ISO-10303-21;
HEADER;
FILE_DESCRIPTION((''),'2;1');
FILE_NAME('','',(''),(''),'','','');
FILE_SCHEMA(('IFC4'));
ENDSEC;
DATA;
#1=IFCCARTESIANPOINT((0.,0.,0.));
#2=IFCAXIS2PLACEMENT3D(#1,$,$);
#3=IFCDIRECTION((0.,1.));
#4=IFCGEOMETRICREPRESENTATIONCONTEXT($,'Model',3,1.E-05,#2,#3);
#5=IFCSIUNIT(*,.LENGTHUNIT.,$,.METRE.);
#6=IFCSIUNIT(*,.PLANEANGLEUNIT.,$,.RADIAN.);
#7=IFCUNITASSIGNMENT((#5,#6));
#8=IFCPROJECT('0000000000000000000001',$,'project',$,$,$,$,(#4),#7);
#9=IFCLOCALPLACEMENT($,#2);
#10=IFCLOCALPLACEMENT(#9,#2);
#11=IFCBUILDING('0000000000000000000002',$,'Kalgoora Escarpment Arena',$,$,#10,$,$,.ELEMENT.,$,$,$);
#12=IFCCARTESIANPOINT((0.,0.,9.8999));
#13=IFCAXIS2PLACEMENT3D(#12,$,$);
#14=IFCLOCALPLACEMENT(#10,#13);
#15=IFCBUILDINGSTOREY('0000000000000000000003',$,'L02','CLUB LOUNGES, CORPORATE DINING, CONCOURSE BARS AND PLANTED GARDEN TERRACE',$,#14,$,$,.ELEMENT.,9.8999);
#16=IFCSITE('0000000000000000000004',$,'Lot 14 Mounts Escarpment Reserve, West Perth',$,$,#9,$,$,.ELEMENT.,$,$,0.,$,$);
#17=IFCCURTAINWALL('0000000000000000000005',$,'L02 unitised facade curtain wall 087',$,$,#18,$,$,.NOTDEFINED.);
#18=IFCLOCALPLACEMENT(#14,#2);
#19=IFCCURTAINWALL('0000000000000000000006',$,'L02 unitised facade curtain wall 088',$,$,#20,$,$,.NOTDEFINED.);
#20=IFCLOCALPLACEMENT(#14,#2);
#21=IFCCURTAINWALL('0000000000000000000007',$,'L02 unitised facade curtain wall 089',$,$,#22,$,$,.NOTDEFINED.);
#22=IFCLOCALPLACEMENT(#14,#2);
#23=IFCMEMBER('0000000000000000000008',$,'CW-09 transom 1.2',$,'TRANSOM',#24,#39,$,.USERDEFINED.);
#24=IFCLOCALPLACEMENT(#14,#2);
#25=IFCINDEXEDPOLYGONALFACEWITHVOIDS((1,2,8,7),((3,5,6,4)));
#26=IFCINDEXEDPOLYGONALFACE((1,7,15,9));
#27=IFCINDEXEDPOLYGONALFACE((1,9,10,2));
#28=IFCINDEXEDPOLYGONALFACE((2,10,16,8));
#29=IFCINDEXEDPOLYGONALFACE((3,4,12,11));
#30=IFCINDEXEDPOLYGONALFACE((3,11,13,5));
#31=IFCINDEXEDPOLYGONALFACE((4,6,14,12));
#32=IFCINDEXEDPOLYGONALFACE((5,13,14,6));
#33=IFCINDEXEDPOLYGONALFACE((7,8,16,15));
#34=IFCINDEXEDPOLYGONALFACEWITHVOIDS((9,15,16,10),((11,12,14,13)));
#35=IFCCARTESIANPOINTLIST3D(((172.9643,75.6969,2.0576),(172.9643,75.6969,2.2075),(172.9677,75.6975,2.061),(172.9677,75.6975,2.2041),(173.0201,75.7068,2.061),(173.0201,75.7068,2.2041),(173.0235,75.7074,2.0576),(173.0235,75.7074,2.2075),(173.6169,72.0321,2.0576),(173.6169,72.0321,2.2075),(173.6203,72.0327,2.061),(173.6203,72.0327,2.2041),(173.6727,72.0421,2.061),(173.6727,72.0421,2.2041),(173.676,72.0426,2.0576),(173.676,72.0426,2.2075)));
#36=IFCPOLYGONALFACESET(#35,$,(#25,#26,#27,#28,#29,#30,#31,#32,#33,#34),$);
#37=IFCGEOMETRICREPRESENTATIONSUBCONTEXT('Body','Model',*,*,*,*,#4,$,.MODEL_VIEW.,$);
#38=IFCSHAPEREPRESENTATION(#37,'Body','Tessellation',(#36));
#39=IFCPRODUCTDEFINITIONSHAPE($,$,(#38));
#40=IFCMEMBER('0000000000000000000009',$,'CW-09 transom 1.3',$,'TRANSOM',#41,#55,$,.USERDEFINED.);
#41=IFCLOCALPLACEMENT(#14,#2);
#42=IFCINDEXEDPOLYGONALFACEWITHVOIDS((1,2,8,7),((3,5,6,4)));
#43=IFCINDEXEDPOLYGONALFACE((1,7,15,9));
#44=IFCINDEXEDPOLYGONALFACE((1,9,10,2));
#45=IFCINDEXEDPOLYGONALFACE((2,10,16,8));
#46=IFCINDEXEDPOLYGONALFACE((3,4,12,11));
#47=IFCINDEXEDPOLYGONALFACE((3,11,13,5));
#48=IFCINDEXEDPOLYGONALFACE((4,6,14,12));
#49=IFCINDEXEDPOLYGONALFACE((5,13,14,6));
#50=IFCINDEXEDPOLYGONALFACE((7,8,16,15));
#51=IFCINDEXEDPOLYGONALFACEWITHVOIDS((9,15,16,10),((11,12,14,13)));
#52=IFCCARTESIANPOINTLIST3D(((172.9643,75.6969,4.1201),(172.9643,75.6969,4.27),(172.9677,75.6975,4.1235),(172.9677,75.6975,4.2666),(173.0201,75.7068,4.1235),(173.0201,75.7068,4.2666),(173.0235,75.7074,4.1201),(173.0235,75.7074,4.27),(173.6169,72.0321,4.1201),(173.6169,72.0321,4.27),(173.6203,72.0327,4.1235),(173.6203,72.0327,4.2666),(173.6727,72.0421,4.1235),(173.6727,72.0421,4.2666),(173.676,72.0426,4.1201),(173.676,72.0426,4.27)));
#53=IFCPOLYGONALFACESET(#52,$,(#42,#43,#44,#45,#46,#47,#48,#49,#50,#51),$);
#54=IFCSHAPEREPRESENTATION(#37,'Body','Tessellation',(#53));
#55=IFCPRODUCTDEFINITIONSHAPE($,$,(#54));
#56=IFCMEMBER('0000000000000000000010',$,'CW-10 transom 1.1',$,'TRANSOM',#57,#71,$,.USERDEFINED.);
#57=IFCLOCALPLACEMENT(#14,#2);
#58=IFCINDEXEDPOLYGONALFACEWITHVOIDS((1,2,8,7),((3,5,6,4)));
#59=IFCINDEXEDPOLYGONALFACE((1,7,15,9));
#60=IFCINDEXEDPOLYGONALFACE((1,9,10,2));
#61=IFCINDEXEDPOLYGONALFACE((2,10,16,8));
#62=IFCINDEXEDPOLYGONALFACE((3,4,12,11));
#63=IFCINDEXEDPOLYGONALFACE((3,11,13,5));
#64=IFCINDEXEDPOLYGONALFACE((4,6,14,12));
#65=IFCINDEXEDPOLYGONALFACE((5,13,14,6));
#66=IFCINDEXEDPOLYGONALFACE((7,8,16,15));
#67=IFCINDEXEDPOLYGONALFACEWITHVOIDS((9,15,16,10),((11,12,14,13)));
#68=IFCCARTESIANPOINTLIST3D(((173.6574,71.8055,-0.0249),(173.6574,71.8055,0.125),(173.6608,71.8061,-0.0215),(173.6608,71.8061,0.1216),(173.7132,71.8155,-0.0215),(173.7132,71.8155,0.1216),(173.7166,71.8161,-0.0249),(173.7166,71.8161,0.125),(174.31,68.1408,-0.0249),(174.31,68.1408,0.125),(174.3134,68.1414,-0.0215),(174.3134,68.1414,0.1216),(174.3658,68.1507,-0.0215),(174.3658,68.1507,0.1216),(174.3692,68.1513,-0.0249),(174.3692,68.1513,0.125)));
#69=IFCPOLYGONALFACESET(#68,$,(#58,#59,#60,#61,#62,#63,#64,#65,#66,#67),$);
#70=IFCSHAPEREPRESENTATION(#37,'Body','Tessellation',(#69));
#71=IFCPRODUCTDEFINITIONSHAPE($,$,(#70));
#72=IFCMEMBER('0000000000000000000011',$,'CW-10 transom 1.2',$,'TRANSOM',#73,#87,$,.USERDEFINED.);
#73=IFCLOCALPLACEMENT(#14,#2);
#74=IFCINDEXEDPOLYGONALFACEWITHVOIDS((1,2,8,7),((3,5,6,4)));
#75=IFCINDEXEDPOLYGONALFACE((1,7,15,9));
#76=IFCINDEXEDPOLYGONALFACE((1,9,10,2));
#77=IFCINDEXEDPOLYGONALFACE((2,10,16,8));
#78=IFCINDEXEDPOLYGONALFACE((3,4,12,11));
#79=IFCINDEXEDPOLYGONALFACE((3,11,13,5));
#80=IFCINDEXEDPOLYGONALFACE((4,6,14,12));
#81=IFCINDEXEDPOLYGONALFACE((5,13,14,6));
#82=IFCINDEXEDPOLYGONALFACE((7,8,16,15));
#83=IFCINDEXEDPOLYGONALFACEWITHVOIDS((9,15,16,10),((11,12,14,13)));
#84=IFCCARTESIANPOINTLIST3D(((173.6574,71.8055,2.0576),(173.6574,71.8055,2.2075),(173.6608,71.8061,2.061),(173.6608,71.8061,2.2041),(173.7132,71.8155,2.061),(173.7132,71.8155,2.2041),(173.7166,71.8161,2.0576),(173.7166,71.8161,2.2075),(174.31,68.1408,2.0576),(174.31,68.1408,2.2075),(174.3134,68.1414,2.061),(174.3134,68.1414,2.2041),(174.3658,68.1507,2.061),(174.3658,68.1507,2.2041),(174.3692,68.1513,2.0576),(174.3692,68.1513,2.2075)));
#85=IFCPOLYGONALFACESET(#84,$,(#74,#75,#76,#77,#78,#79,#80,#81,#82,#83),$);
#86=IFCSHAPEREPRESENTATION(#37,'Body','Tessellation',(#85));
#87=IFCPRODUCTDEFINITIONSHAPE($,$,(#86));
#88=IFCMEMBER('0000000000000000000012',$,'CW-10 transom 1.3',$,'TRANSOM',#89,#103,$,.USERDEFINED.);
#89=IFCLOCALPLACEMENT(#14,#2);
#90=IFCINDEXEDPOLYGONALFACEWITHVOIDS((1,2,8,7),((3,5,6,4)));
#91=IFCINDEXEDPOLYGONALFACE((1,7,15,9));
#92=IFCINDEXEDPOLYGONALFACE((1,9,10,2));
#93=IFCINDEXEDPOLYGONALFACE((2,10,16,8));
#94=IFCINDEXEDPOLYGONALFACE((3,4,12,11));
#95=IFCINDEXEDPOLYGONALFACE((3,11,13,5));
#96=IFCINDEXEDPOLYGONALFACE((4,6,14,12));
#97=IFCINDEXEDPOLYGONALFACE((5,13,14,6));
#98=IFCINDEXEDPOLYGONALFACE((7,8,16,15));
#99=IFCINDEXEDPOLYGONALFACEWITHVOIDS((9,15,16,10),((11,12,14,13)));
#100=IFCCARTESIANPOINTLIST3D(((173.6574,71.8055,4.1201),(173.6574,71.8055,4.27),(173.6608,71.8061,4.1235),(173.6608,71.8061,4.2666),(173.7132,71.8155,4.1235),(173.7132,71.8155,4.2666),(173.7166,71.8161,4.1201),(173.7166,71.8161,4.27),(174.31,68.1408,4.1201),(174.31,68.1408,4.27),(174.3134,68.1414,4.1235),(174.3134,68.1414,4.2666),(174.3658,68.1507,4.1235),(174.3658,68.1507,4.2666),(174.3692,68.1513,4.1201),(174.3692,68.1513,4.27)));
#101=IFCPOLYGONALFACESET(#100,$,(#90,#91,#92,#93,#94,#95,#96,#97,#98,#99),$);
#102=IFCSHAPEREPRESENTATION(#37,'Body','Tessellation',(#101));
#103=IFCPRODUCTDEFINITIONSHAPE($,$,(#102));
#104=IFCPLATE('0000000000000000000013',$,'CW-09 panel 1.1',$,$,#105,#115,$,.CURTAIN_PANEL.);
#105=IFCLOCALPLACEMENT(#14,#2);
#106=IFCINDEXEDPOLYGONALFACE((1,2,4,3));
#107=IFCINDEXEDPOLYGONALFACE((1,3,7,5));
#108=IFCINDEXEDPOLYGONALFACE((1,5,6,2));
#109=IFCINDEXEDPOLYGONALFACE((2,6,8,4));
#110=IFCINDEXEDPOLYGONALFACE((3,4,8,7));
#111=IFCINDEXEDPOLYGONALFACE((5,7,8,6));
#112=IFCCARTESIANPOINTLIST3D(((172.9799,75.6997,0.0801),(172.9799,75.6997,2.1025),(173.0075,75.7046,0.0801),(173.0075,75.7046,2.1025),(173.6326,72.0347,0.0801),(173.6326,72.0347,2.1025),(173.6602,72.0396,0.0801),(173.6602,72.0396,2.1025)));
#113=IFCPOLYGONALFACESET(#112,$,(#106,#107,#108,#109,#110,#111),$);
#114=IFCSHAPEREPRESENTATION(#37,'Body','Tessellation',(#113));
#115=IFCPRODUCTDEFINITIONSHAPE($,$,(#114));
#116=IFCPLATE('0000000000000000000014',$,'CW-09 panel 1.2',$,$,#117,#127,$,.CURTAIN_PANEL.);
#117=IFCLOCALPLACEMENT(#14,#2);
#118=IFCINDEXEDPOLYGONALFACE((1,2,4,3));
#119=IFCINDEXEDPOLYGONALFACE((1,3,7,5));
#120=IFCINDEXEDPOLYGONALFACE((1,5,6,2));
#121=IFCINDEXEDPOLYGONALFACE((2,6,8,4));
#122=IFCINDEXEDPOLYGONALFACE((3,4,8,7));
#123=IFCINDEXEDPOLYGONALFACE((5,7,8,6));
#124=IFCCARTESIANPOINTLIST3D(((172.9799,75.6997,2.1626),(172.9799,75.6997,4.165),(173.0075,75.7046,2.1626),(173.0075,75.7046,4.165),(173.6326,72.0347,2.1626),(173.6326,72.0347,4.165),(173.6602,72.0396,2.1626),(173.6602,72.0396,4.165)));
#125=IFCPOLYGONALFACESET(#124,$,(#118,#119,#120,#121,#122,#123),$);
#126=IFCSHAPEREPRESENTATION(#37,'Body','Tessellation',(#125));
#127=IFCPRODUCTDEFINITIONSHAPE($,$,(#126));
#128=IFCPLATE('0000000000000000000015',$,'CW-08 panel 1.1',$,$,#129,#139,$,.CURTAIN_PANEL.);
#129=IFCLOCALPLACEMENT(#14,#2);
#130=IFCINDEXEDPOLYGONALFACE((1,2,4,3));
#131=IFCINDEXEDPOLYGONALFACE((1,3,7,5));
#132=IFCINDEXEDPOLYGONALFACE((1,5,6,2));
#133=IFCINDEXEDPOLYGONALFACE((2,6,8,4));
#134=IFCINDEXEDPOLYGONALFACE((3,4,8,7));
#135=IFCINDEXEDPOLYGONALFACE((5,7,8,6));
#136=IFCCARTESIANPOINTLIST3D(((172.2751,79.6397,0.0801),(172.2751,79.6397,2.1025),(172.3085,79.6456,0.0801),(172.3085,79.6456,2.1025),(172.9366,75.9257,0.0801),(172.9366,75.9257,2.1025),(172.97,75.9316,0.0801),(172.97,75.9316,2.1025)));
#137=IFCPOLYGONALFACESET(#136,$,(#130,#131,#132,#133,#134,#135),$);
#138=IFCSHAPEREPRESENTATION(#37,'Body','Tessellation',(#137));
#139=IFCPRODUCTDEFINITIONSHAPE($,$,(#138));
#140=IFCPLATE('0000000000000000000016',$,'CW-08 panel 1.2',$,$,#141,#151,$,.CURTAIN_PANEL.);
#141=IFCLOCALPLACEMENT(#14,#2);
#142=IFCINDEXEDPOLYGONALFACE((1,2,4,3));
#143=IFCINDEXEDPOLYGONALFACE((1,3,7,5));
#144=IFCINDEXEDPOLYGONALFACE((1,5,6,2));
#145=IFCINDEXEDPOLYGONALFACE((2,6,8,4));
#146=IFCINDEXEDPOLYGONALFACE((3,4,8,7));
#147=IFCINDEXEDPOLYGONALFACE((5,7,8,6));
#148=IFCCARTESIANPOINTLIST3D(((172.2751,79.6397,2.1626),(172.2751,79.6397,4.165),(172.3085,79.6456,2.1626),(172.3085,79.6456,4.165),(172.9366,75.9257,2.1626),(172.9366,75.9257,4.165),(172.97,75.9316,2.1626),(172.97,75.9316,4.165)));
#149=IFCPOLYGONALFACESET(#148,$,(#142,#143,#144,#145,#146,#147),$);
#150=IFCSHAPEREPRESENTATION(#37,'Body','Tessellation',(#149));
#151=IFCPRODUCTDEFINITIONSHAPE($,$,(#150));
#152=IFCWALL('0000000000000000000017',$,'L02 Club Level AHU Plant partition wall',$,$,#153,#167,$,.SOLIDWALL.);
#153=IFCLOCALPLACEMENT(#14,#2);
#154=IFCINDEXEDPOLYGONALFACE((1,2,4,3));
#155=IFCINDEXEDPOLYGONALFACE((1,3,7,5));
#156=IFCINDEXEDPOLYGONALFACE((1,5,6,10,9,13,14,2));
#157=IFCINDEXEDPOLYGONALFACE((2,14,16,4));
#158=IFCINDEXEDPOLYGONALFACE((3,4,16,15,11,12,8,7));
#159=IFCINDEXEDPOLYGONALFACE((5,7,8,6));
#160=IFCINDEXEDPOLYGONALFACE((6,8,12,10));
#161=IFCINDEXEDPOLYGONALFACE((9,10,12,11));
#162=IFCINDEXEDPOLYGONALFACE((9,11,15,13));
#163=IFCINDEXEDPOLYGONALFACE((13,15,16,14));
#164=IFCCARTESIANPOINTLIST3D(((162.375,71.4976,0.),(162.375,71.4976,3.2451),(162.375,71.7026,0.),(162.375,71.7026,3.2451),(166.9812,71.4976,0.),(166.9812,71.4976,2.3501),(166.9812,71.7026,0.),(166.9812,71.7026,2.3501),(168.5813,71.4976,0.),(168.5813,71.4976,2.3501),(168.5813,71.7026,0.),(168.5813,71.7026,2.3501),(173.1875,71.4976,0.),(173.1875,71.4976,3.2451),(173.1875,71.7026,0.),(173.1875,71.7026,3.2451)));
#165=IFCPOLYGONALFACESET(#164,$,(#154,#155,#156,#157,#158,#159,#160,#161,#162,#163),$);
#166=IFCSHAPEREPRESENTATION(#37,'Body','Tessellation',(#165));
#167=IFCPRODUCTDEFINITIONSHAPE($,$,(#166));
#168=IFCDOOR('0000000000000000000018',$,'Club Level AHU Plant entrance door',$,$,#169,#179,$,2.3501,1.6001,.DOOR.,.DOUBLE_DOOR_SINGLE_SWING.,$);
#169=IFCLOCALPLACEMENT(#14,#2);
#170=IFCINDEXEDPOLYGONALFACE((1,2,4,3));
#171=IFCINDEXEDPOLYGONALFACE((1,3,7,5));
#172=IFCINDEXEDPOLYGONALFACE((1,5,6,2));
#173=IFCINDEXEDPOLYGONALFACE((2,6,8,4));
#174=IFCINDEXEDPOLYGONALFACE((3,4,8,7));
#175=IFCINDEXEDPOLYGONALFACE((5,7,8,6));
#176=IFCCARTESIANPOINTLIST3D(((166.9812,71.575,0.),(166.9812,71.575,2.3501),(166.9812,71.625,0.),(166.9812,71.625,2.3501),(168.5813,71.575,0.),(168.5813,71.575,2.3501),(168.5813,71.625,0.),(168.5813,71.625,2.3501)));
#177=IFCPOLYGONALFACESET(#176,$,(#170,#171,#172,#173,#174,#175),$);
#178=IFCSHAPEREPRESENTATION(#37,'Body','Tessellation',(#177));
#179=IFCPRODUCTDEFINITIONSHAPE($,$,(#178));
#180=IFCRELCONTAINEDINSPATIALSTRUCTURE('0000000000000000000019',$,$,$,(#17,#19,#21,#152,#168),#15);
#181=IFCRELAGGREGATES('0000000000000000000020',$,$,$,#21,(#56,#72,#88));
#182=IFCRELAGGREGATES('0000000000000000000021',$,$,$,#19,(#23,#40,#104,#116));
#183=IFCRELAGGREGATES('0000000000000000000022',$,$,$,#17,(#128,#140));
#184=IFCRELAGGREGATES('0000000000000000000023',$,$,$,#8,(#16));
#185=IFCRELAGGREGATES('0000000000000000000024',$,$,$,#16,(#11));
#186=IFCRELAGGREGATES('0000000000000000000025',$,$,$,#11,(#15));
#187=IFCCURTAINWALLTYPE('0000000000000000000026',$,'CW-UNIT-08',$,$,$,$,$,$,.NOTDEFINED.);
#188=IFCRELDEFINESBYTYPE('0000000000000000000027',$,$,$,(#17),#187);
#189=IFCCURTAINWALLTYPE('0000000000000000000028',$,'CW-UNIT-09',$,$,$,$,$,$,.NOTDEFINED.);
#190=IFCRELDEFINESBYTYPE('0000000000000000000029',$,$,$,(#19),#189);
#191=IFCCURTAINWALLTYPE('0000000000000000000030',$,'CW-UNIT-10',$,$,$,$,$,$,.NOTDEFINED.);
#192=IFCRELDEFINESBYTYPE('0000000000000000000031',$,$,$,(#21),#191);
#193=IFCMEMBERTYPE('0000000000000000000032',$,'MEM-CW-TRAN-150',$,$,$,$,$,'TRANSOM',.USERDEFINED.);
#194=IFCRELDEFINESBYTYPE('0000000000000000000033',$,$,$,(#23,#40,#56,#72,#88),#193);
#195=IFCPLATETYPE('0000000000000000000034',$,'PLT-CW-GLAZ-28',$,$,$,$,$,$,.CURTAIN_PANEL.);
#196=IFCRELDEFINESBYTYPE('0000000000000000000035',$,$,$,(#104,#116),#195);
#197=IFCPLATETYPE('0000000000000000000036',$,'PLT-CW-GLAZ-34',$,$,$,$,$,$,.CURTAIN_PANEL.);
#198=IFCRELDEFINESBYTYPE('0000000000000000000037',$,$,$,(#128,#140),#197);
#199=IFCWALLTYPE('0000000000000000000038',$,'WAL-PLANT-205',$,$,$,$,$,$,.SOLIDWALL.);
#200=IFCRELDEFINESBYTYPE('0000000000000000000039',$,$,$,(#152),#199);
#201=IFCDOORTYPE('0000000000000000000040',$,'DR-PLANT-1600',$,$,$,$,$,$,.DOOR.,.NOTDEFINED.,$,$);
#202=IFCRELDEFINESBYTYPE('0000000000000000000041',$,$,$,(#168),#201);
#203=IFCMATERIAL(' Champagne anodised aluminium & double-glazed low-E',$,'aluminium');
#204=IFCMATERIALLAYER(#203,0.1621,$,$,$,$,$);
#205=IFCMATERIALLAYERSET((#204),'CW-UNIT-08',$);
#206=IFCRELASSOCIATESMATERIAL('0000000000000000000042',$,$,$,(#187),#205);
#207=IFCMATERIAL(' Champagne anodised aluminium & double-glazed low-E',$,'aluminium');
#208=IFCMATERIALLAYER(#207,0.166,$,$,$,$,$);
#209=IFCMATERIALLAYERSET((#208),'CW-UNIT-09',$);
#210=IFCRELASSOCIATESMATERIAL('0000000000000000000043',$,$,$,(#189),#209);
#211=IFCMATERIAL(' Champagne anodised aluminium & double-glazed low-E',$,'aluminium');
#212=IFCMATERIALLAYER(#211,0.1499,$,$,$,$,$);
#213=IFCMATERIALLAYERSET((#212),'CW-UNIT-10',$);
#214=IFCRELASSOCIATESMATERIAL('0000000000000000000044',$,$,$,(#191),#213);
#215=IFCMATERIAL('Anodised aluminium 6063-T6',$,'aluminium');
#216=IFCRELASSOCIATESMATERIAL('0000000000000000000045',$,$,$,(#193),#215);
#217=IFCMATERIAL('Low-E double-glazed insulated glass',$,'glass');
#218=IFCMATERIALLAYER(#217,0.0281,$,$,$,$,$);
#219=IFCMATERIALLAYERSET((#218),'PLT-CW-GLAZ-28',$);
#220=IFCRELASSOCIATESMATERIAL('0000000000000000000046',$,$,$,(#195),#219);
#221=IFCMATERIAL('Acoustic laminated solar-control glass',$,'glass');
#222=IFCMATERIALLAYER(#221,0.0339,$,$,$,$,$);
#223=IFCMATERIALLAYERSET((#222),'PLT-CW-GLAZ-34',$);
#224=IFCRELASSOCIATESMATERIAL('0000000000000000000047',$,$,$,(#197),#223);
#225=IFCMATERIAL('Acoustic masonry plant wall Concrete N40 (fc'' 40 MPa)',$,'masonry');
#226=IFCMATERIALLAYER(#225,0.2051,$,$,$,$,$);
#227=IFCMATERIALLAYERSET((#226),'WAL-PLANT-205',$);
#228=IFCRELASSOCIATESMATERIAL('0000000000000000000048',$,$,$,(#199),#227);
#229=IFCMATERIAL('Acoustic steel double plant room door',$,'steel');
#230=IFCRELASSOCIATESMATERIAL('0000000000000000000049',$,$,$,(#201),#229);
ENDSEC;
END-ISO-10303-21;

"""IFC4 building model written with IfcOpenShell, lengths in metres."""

from ifc_helpers import new_model, si_unit, direction, frame, frame_2d, origin, origin_2d, place, context, subcontext, project, spatial, rectangle, hollow_rectangle, extrude, material, layer, layer_set, material_profile, profile_set, type_object, element, fill, aggregate, save


model = new_model("IFC4")

# Units and contexts
model_context = context("Model", 3, precision=1e-05, world=origin(), true_north=direction((0.0, 1.0)))
body_context = subcontext(model_context, "Body", "Model", "MODEL_VIEW")
ifc_project = project(units=[si_unit("LENGTHUNIT", "METRE"), si_unit("PLANEANGLEUNIT", "RADIAN")], contexts=[model_context])

# Site, building, storey
site_placement = place(None, origin())
site = spatial("IfcSite", under=ifc_project, at=site_placement, Name="Lot 14 Mounts Escarpment Reserve, West Perth", CompositionType="ELEMENT", RefElevation=0.0)
building_placement = place(site_placement, origin())
building = spatial("IfcBuilding", under=site, at=building_placement, Name="Kalgoora Escarpment Arena", CompositionType="ELEMENT")
storey_placement = place(building_placement, frame((0.0, 0.0, 9.8999)))
storey = spatial("IfcBuildingStorey", under=building, at=storey_placement, Name="L02", Description="CLUB LOUNGES, CORPORATE DINING, CONCOURSE BARS AND PLANTED GARDEN TERRACE", CompositionType="ELEMENT", Elevation=9.8999)

# Curtain wall
ifc_material_1 = material(Name=" Champagne anodised aluminium & double-glazed low-E", Category="aluminium")
ifc_layer_1 = layer(ifc_material_1, 0.1621)
ifc_layer_set_1 = layer_set([ifc_layer_1], Name="CW-UNIT-08")
curtain_wall_type_1 = type_object("IfcCurtainWallType", Name="CW-UNIT-08", PredefinedType="NOTDEFINED", material=ifc_layer_set_1)
curtain_wall_1_placement = place(storey_placement, origin())
curtain_wall_1 = element("IfcCurtainWall", 1, at=curtain_wall_1_placement, inside=storey, type_object=curtain_wall_type_1, Name="L02 unitised facade curtain wall 087", PredefinedType="NOTDEFINED")

# Curtain wall
ifc_material_2 = material(Name=" Champagne anodised aluminium & double-glazed low-E", Category="aluminium")
ifc_layer_2 = layer(ifc_material_2, 0.166)
ifc_layer_set_2 = layer_set([ifc_layer_2], Name="CW-UNIT-09")
curtain_wall_type_2 = type_object("IfcCurtainWallType", Name="CW-UNIT-09", PredefinedType="NOTDEFINED", material=ifc_layer_set_2)
curtain_wall_2_placement = place(storey_placement, origin())
curtain_wall_2 = element("IfcCurtainWall", 2, at=curtain_wall_2_placement, inside=storey, type_object=curtain_wall_type_2, Name="L02 unitised facade curtain wall 088", PredefinedType="NOTDEFINED")

# Curtain wall
ifc_material_3 = material(Name=" Champagne anodised aluminium & double-glazed low-E", Category="aluminium")
ifc_layer_3 = layer(ifc_material_3, 0.1499)
ifc_layer_set_3 = layer_set([ifc_layer_3], Name="CW-UNIT-10")
curtain_wall_type_3 = type_object("IfcCurtainWallType", Name="CW-UNIT-10", PredefinedType="NOTDEFINED", material=ifc_layer_set_3)
curtain_wall_3_placement = place(storey_placement, origin())
curtain_wall_3 = element("IfcCurtainWall", 3, at=curtain_wall_3_placement, inside=storey, type_object=curtain_wall_type_3, Name="L02 unitised facade curtain wall 089", PredefinedType="NOTDEFINED")

# Members
ifc_material_4 = material(Name="Anodised aluminium 6063-T6", Category="aluminium")
ifc_material_profile_1 = material_profile(ifc_material_4, hollow_rectangle(XDim=0.0601, YDim=0.1499, WallThickness=0.0034, at=origin_2d()))
ifc_profile_set_1 = profile_set([ifc_material_profile_1], Name="Anodised aluminium 6063-T6")
member_type_1 = type_object("IfcMemberType", Name="MEM-CW-TRAN-150", ElementType="TRANSOM", PredefinedType="USERDEFINED", material=ifc_profile_set_1)
member_1_placement = place(storey_placement, frame((172.9939, 75.7021, 2.1326), z_axis=(0.175312, -0.984513, 0.0), x_axis=(0.984513, 0.175312, 0.0)))
member_1 = element("IfcMember", 4, at=member_1_placement, type_object=member_type_1, Name="CW-09 transom 1.2", ObjectType="TRANSOM", PredefinedType="USERDEFINED", context=body_context, shape_type="SweptSolid", body=[
    extrude(hollow_rectangle(XDim=0.0601, YDim=0.1499, WallThickness=0.0034, at=origin_2d()), origin(), (0.0, 0.0, 1.0), 3.7224),
])
member_2_placement = place(storey_placement, frame((172.9939, 75.7021, 4.1951), z_axis=(0.175312, -0.984513, 0.0), x_axis=(0.984513, 0.175312, 0.0)))
member_2 = element("IfcMember", 5, at=member_2_placement, type_object=member_type_1, Name="CW-09 transom 1.3", ObjectType="TRANSOM", PredefinedType="USERDEFINED", context=body_context, shape_type="SweptSolid", body=[
    extrude(hollow_rectangle(XDim=0.0601, YDim=0.1499, WallThickness=0.0034, at=origin_2d()), origin(), (0.0, 0.0, 1.0), 3.7224),
])
member_3_placement = place(storey_placement, frame((173.687, 71.8108, 0.05), z_axis=(0.175312, -0.984513, 0.0), x_axis=(0.984513, 0.175312, 0.0)))
member_3 = element("IfcMember", 6, at=member_3_placement, type_object=member_type_1, Name="CW-10 transom 1.1", ObjectType="TRANSOM", PredefinedType="USERDEFINED", context=body_context, shape_type="SweptSolid", body=[
    extrude(hollow_rectangle(XDim=0.0601, YDim=0.1499, WallThickness=0.0034, at=origin_2d()), origin(), (0.0, 0.0, 1.0), 3.7224),
])
member_4_placement = place(storey_placement, frame((173.687, 71.8108, 2.1326), z_axis=(0.175312, -0.984513, 0.0), x_axis=(0.984513, 0.175312, 0.0)))
member_4 = element("IfcMember", 7, at=member_4_placement, type_object=member_type_1, Name="CW-10 transom 1.2", ObjectType="TRANSOM", PredefinedType="USERDEFINED", context=body_context, shape_type="SweptSolid", body=[
    extrude(hollow_rectangle(XDim=0.0601, YDim=0.1499, WallThickness=0.0034, at=origin_2d()), origin(), (0.0, 0.0, 1.0), 3.7224),
])
member_5_placement = place(storey_placement, frame((173.687, 71.8108, 4.1951), z_axis=(0.175312, -0.984513, 0.0), x_axis=(0.984513, 0.175312, 0.0)))
member_5 = element("IfcMember", 8, at=member_5_placement, type_object=member_type_1, Name="CW-10 transom 1.3", ObjectType="TRANSOM", PredefinedType="USERDEFINED", context=body_context, shape_type="SweptSolid", body=[
    extrude(hollow_rectangle(XDim=0.0601, YDim=0.1499, WallThickness=0.0034, at=origin_2d()), origin(), (0.0, 0.0, 1.0), 3.7224),
])
aggregate(curtain_wall_3, [member_3, member_4, member_5])

# Plates
ifc_material_5 = material(Name="Low-E double-glazed insulated glass", Category="glass")
ifc_layer_4 = layer(ifc_material_5, 0.0281)
ifc_layer_set_4 = layer_set([ifc_layer_4], Name="PLT-CW-GLAZ-28")
plate_type_1 = type_object("IfcPlateType", Name="PLT-CW-GLAZ-28", PredefinedType="CURTAIN_PANEL", material=ifc_layer_set_4)
plate_1_placement = place(storey_placement, frame((173.3201, 73.8696, 0.0801), z_axis=(0.0, 0.0, 1.0), x_axis=(0.175337, -0.984508, 0.0)))
plate_1 = element("IfcPlate", 9, at=plate_1_placement, type_object=plate_type_1, Name="CW-09 panel 1.1", PredefinedType="CURTAIN_PANEL", context=body_context, shape_type="SweptSolid", body=[
    extrude(rectangle(XDim=3.7227, YDim=0.0281, at=origin_2d()), origin(), (0.0, 0.0, 1.0), 2.0225),
])
plate_2_placement = place(storey_placement, frame((173.3201, 73.8696, 2.1626), z_axis=(0.0, 0.0, 1.0), x_axis=(0.175337, -0.984508, 0.0)))
plate_2 = element("IfcPlate", 10, at=plate_2_placement, type_object=plate_type_1, Name="CW-09 panel 1.2", PredefinedType="CURTAIN_PANEL", context=body_context, shape_type="SweptSolid", body=[
    extrude(rectangle(XDim=3.7227, YDim=0.0281, at=origin_2d()), origin(), (0.0, 0.0, 1.0), 2.0024),
])
aggregate(curtain_wall_2, [member_1, member_2, plate_1, plate_2])
ifc_material_6 = material(Name="Acoustic laminated solar-control glass", Category="glass")
ifc_layer_5 = layer(ifc_material_6, 0.0339)
ifc_layer_set_5 = layer_set([ifc_layer_5], Name="PLT-CW-GLAZ-34")
plate_type_2 = type_object("IfcPlateType", Name="PLT-CW-GLAZ-34", PredefinedType="CURTAIN_PANEL", material=ifc_layer_set_5)
plate_3_placement = place(storey_placement, frame((172.6226, 77.7856, 0.0801), z_axis=(0.0, 0.0, 1.0), x_axis=(0.175346, -0.984507, 0.0)))
plate_3 = element("IfcPlate", 11, at=plate_3_placement, type_object=plate_type_2, Name="CW-08 panel 1.1", PredefinedType="CURTAIN_PANEL", context=body_context, shape_type="SweptSolid", body=[
    extrude(rectangle(XDim=3.7725, YDim=0.0339, at=origin_2d()), origin(), (0.0, 0.0, 1.0), 2.0225),
])
plate_4_placement = place(storey_placement, frame((172.6226, 77.7856, 2.1626), z_axis=(0.0, 0.0, 1.0), x_axis=(0.175346, -0.984507, 0.0)))
plate_4 = element("IfcPlate", 12, at=plate_4_placement, type_object=plate_type_2, Name="CW-08 panel 1.2", PredefinedType="CURTAIN_PANEL", context=body_context, shape_type="SweptSolid", body=[
    extrude(rectangle(XDim=3.7725, YDim=0.0339, at=origin_2d()), origin(), (0.0, 0.0, 1.0), 2.0024),
])
aggregate(curtain_wall_1, [plate_3, plate_4])

# Wall, opening, door
ifc_material_7 = material(Name="Acoustic masonry plant wall Concrete N40 (fc' 40 MPa)", Category="masonry")
ifc_layer_6 = layer(ifc_material_7, 0.2051)
ifc_layer_set_6 = layer_set([ifc_layer_6], Name="WAL-PLANT-205")
wall_type = type_object("IfcWallType", Name="WAL-PLANT-205", PredefinedType="SOLIDWALL", material=ifc_layer_set_6)
wall_placement = place(storey_placement, frame((162.375, 71.6001, 0.0), z_axis=(0.0, 0.0, 1.0), x_axis=(1.0, 0.0, 0.0)))
wall = element("IfcWall", 13, at=wall_placement, inside=storey, type_object=wall_type, Name="L02 Club Level AHU Plant partition wall", PredefinedType="SOLIDWALL", context=body_context, shape_type="SweptSolid", body=[
    extrude(rectangle(XDim=10.8125, YDim=0.2051, at=frame_2d((5.4062, 0.0))), origin(), (0.0, 0.0, 1.0), 3.2451),
])
opening_placement = place(wall_placement, frame((4.6062, 0.0, 0.0)))
opening = element("IfcOpeningElement", 14, at=opening_placement, cuts=wall, PredefinedType="OPENING", context=body_context, shape_type="SweptSolid", body=[
    extrude(rectangle(XDim=1.6001, YDim=2.3501, at=frame_2d((0.8, 1.175))), frame((0.0, 0.1125, 0.0), z_axis=(0.0, -1.0, 0.0), x_axis=(1.0, 0.0, 0.0)), (0.0, 0.0, 1.0), 0.2251),
])
ifc_material_8 = material(Name="Acoustic steel double plant room door", Category="steel")
door_type = type_object("IfcDoorType", Name="DR-PLANT-1600", OperationType="NOTDEFINED", PredefinedType="DOOR", material=ifc_material_8)
door_placement = place(opening_placement, origin())
door = element("IfcDoor", 15, at=door_placement, inside=storey, type_object=door_type, Name="Club Level AHU Plant entrance door", OperationType="DOUBLE_DOOR_SINGLE_SWING", OverallHeight=2.3501, OverallWidth=1.6001, PredefinedType="DOOR", context=body_context, shape_type="SweptSolid", body=[
    extrude(rectangle(XDim=1.6001, YDim=2.3501, at=frame_2d((0.8, 1.175))), frame((0.0, 0.0249, 0.0), z_axis=(0.0, -1.0, 0.0), x_axis=(1.0, 0.0, 0.0)), (0.0, 0.0, 1.0), 0.05),
])
fill(opening, door)

save(model, "model.ifc")
